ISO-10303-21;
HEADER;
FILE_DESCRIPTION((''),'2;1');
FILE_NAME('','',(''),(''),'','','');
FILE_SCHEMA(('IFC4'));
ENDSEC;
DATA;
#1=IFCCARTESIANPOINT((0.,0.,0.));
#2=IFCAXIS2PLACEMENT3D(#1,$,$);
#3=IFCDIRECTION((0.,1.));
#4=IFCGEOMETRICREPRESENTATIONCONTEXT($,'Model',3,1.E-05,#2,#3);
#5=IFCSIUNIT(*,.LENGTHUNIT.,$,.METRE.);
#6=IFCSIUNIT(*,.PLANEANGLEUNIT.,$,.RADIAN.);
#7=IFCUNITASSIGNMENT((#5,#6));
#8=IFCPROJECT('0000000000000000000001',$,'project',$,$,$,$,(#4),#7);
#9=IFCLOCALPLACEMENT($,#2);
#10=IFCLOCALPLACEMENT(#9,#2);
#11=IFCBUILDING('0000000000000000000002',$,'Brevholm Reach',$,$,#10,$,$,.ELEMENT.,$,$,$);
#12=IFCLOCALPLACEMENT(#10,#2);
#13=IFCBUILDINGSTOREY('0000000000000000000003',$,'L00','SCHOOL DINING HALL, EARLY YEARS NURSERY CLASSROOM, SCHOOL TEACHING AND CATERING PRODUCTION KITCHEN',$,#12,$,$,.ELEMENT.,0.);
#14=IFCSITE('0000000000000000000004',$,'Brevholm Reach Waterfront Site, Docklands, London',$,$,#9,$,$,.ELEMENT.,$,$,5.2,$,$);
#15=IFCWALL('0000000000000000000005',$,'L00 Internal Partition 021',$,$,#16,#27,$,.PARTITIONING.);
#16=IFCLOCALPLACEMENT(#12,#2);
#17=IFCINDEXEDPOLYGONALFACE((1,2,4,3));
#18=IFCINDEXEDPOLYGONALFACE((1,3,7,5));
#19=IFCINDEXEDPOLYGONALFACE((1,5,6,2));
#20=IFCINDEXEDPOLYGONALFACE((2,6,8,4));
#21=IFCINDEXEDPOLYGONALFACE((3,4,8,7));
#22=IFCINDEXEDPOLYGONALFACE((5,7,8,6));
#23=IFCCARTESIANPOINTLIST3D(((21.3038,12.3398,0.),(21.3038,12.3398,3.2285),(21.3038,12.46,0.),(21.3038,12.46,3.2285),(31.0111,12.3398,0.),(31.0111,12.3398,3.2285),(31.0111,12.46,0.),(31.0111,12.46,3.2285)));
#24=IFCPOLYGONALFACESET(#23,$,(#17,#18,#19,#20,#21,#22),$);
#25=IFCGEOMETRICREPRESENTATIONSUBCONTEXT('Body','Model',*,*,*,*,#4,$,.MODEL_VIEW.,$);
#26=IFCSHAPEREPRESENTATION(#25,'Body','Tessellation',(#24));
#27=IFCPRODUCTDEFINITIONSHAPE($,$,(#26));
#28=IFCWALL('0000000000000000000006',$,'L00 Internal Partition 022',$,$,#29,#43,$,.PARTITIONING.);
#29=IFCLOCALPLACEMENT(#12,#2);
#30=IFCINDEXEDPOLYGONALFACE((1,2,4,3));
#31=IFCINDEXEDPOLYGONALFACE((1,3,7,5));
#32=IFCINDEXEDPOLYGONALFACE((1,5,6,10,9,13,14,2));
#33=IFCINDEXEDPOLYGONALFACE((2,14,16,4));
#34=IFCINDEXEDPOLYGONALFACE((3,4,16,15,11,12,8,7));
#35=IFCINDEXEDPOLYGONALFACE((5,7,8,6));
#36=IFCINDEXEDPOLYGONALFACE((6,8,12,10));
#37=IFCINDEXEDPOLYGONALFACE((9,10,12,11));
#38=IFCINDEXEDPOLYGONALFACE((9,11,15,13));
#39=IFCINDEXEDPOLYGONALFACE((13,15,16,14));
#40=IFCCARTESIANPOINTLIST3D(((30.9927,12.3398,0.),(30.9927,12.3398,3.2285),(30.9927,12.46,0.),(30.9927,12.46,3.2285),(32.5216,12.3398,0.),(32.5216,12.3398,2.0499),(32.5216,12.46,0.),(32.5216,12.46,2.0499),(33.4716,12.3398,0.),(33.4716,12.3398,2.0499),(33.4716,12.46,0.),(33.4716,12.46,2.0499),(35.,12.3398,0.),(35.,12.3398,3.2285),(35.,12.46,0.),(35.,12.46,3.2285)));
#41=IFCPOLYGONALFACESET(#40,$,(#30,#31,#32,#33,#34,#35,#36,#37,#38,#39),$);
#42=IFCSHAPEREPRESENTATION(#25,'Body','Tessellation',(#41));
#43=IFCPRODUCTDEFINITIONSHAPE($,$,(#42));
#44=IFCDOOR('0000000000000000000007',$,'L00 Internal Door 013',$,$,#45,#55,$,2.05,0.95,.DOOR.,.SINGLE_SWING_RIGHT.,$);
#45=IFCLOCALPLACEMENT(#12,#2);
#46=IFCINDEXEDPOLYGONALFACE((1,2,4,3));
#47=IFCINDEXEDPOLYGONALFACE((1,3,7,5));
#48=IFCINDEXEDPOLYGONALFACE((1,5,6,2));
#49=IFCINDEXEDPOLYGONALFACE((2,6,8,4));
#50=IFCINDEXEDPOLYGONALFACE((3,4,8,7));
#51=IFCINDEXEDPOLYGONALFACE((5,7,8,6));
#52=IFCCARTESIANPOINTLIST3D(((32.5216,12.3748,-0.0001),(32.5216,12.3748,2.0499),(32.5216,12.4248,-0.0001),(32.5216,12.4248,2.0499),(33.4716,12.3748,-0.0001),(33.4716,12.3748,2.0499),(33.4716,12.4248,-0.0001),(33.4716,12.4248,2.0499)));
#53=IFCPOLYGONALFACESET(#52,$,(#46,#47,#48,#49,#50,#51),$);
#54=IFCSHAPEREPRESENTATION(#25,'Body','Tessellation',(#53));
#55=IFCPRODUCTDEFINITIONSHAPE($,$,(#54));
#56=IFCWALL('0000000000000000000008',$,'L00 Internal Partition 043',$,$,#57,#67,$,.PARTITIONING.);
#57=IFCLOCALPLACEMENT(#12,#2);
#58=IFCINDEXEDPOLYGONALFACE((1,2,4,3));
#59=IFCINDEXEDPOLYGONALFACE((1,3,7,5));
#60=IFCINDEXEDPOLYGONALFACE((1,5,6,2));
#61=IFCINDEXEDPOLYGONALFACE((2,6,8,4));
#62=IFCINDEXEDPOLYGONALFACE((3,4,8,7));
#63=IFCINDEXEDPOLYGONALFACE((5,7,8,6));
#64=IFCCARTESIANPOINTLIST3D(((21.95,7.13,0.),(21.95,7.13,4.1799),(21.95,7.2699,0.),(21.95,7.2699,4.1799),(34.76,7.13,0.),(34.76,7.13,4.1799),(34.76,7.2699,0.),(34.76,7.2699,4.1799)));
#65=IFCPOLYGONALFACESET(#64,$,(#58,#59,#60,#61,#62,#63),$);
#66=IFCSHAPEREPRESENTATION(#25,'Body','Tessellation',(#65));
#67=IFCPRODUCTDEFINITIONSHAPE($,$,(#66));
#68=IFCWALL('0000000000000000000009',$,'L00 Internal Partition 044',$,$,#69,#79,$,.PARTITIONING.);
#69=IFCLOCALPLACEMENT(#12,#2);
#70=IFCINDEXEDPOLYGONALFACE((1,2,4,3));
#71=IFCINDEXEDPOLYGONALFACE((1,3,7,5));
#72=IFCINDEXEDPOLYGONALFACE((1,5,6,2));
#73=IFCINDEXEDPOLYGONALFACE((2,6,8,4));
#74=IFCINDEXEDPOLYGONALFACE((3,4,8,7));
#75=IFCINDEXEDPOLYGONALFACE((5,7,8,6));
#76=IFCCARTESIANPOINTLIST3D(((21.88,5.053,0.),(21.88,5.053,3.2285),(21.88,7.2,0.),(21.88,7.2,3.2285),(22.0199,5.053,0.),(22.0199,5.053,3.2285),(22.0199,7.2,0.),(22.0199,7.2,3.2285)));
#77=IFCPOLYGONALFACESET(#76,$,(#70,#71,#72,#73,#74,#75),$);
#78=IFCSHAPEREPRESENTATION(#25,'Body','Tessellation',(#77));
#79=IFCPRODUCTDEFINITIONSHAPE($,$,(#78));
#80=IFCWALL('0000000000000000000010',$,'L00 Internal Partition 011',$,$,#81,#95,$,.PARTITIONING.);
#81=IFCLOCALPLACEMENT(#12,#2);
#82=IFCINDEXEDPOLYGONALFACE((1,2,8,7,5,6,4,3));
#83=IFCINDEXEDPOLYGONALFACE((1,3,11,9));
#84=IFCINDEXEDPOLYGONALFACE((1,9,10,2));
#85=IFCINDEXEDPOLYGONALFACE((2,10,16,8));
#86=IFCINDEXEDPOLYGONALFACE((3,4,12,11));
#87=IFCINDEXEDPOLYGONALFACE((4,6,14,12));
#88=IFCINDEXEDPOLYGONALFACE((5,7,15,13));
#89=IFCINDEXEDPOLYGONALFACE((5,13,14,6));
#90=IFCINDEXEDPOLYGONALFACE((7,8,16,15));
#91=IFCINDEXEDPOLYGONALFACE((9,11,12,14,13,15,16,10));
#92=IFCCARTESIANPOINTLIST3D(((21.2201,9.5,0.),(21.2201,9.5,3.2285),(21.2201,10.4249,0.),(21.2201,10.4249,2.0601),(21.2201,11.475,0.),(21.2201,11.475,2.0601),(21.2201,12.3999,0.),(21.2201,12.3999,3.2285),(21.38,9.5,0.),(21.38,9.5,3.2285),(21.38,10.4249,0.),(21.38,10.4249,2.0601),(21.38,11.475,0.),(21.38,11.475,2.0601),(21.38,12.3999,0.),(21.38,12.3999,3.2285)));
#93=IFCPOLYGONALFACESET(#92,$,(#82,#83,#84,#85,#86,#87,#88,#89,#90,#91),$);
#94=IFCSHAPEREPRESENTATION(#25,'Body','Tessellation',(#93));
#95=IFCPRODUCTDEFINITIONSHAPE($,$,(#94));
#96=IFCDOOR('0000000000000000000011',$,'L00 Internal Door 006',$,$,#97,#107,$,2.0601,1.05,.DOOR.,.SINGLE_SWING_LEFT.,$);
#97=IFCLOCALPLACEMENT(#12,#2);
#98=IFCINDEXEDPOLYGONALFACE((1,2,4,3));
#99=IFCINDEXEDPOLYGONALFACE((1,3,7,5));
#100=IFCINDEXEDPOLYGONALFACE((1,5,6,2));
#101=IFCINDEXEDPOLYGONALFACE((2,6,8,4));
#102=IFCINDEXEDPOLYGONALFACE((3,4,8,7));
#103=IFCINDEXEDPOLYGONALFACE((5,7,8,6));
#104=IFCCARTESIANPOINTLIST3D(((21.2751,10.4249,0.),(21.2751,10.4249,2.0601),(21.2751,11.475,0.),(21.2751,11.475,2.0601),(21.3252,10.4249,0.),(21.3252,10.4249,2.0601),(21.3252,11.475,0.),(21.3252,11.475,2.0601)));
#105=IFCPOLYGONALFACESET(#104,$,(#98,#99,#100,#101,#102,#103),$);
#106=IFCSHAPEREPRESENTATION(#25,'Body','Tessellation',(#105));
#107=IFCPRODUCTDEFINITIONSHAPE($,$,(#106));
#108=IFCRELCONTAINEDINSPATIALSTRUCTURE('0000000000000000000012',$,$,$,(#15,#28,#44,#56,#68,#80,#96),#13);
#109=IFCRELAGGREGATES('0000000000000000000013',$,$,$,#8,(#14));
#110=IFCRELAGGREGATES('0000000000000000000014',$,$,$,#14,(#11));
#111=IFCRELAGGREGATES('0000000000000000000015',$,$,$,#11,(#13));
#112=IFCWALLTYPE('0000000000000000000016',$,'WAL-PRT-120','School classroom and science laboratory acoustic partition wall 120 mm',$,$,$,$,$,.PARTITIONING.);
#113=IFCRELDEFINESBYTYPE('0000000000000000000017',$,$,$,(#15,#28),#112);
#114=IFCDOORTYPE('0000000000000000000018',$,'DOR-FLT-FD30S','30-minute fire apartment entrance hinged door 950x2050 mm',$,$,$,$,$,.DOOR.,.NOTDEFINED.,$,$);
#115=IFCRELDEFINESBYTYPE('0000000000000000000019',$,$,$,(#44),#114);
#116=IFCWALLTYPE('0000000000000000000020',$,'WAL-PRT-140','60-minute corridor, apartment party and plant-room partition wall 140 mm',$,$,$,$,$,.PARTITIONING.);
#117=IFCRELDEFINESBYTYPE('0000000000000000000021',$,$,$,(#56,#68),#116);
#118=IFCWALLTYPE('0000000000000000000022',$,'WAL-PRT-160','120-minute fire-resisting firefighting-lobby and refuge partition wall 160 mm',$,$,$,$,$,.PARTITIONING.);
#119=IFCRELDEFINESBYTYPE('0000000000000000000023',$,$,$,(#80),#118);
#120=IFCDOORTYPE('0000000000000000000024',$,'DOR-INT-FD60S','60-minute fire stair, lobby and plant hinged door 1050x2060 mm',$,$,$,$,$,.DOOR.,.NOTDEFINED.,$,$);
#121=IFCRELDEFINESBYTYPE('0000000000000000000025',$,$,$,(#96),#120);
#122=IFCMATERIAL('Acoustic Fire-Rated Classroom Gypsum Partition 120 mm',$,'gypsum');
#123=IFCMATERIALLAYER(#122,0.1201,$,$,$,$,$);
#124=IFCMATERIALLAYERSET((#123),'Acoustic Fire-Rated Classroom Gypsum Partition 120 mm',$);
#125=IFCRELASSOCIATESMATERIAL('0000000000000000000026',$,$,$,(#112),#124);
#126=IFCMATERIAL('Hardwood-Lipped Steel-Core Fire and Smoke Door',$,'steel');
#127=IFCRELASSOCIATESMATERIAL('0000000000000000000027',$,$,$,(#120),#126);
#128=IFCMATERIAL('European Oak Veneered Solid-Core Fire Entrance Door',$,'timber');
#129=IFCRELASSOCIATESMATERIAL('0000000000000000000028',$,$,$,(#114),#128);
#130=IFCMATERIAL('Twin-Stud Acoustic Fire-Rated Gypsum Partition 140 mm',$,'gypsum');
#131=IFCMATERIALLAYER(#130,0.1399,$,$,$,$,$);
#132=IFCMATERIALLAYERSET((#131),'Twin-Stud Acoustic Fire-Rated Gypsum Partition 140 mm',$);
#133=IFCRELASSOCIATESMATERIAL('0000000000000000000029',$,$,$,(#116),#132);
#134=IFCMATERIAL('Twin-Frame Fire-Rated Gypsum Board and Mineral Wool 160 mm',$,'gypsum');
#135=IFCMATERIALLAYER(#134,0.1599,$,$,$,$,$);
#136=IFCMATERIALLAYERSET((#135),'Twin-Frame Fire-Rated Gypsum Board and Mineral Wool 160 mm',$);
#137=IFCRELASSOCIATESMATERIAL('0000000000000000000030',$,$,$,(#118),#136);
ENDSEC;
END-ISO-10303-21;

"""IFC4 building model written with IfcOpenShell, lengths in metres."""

from ifc_helpers import new_model, si_unit, direction, frame, frame_2d, origin, place, context, subcontext, project, spatial, rectangle, extrude, material, layer, layer_set, type_object, element, fill, save


model = new_model("IFC4")

# Units and contexts
model_context = context("Model", 3, precision=1e-05, world=origin(), true_north=direction((0.0, 1.0)))
body_context = subcontext(model_context, "Body", "Model", "MODEL_VIEW")
ifc_project = project(units=[si_unit("LENGTHUNIT", "METRE"), si_unit("PLANEANGLEUNIT", "RADIAN")], contexts=[model_context])

# Site, building, storey
site_placement = place(None, origin())
site = spatial("IfcSite", under=ifc_project, at=site_placement, Name="Brevholm Reach Waterfront Site, Docklands, London", CompositionType="ELEMENT", RefElevation=5.2)
building_placement = place(site_placement, origin())
building = spatial("IfcBuilding", under=site, at=building_placement, Name="Brevholm Reach", CompositionType="ELEMENT")
storey_placement = place(building_placement, origin())
storey = spatial("IfcBuildingStorey", under=building, at=storey_placement, Name="L00", Description="SCHOOL DINING HALL, EARLY YEARS NURSERY CLASSROOM, SCHOOL TEACHING AND CATERING PRODUCTION KITCHEN", CompositionType="ELEMENT", Elevation=0.0)

# Shared definitions
ifc_material_1 = material(Name="Acoustic Fire-Rated Classroom Gypsum Partition 120 mm", Category="gypsum")
ifc_layer_1 = layer(ifc_material_1, 0.1201)
ifc_layer_set_1 = layer_set([ifc_layer_1], Name="Acoustic Fire-Rated Classroom Gypsum Partition 120 mm")
wall_type_1 = type_object("IfcWallType", Name="WAL-PRT-120", Description="School classroom and science laboratory acoustic partition wall 120 mm", PredefinedType="PARTITIONING", material=ifc_layer_set_1)

# Shared definitions
ifc_material_2 = material(Name="Hardwood-Lipped Steel-Core Fire and Smoke Door", Category="steel")
door_type_1 = type_object("IfcDoorType", Name="DOR-INT-FD60S", Description="60-minute fire stair, lobby and plant hinged door 1050x2060 mm", OperationType="NOTDEFINED", PredefinedType="DOOR", material=ifc_material_2)

# Wall
wall_1_placement = place(storey_placement, frame((21.304, 12.3999, 0.0), z_axis=(0.0, 0.0, 1.0), x_axis=(1.0, 0.0, 0.0)))
element("IfcWall", 1, at=wall_1_placement, inside=storey, type_object=wall_type_1, Name="L00 Internal Partition 021", PredefinedType="PARTITIONING", context=body_context, shape_type="SweptSolid", body=[
    extrude(rectangle(XDim=9.7073, YDim=0.1201, at=frame_2d((4.8535, 0.0))), origin(), (0.0, 0.0, 1.0), 3.2285),
])

# Wall, opening, door
wall_2_placement = place(storey_placement, frame((30.9927, 12.3999, 0.0), z_axis=(0.0, 0.0, 1.0), x_axis=(1.0, 0.0, 0.0)))
wall_2 = element("IfcWall", 2, at=wall_2_placement, inside=storey, type_object=wall_type_1, Name="L00 Internal Partition 022", PredefinedType="PARTITIONING", context=body_context, shape_type="SweptSolid", body=[
    extrude(rectangle(XDim=4.0073, YDim=0.1201, at=frame_2d((2.0037, 0.0))), origin(), (0.0, 0.0, 1.0), 3.2285),
])
opening_1_placement = place(wall_2_placement, frame((1.5288, 0.0, 0.0)))
opening_1 = element("IfcOpeningElement", 3, at=opening_1_placement, cuts=wall_2, PredefinedType="OPENING", context=body_context, shape_type="SweptSolid", body=[
    extrude(rectangle(XDim=0.95, YDim=2.05, at=frame_2d((0.4751, 1.0249))), frame((0.0, 0.0701, 0.0), z_axis=(0.0, -1.0, 0.0), x_axis=(1.0, 0.0, 0.0)), (0.0, 0.0, 1.0), 0.1401),
])
ifc_material_3 = material(Name="European Oak Veneered Solid-Core Fire Entrance Door", Category="timber")
door_type_2 = type_object("IfcDoorType", Name="DOR-FLT-FD30S", Description="30-minute fire apartment entrance hinged door 950x2050 mm", OperationType="NOTDEFINED", PredefinedType="DOOR", material=ifc_material_3)
door_1_placement = place(opening_1_placement, origin())
door_1 = element("IfcDoor", 4, at=door_1_placement, inside=storey, type_object=door_type_2, Name="L00 Internal Door 013", OperationType="SINGLE_SWING_RIGHT", OverallHeight=2.05, OverallWidth=0.95, PredefinedType="DOOR", context=body_context, shape_type="SweptSolid", body=[
    extrude(rectangle(XDim=0.95, YDim=2.05, at=frame_2d((0.4751, 1.0249))), frame((0.0, 0.0249, 0.0), z_axis=(0.0, -1.0, 0.0), x_axis=(1.0, 0.0, 0.0)), (0.0, 0.0, 1.0), 0.05),
])
fill(opening_1, door_1)

# Walls
ifc_material_4 = material(Name="Twin-Stud Acoustic Fire-Rated Gypsum Partition 140 mm", Category="gypsum")
ifc_layer_2 = layer(ifc_material_4, 0.1399)
ifc_layer_set_2 = layer_set([ifc_layer_2], Name="Twin-Stud Acoustic Fire-Rated Gypsum Partition 140 mm")
wall_type_2 = type_object("IfcWallType", Name="WAL-PRT-140", Description="60-minute corridor, apartment party and plant-room partition wall 140 mm", PredefinedType="PARTITIONING", material=ifc_layer_set_2)
wall_3_placement = place(storey_placement, frame((21.95, 7.2, 0.0), z_axis=(0.0, 0.0, 1.0), x_axis=(1.0, 0.0, 0.0)))
element("IfcWall", 5, at=wall_3_placement, inside=storey, type_object=wall_type_2, Name="L00 Internal Partition 043", PredefinedType="PARTITIONING", context=body_context, shape_type="SweptSolid", body=[
    extrude(rectangle(XDim=12.8101, YDim=0.1399, at=frame_2d((6.405, 0.0))), origin(), (0.0, 0.0, 1.0), 4.1799),
])
wall_4_placement = place(storey_placement, frame((21.95, 5.053, 0.0), z_axis=(0.0, 0.0, 1.0), x_axis=(0.0, 1.0, 0.0)))
element("IfcWall", 6, at=wall_4_placement, inside=storey, type_object=wall_type_2, Name="L00 Internal Partition 044", PredefinedType="PARTITIONING", context=body_context, shape_type="SweptSolid", body=[
    extrude(rectangle(XDim=2.147, YDim=0.1399, at=frame_2d((1.0735, 0.0))), origin(), (0.0, 0.0, 1.0), 3.2285),
])

# Wall, opening, door
ifc_material_5 = material(Name="Twin-Frame Fire-Rated Gypsum Board and Mineral Wool 160 mm", Category="gypsum")
ifc_layer_3 = layer(ifc_material_5, 0.1599)
ifc_layer_set_3 = layer_set([ifc_layer_3], Name="Twin-Frame Fire-Rated Gypsum Board and Mineral Wool 160 mm")
wall_type_3 = type_object("IfcWallType", Name="WAL-PRT-160", Description="120-minute fire-resisting firefighting-lobby and refuge partition wall 160 mm", PredefinedType="PARTITIONING", material=ifc_layer_set_3)
wall_5_placement = place(storey_placement, frame((21.3, 9.5, 0.0), z_axis=(0.0, 0.0, 1.0), x_axis=(0.0, 1.0, 0.0)))
wall_5 = element("IfcWall", 7, at=wall_5_placement, inside=storey, type_object=wall_type_3, Name="L00 Internal Partition 011", PredefinedType="PARTITIONING", context=body_context, shape_type="SweptSolid", body=[
    extrude(rectangle(XDim=2.8999, YDim=0.1599, at=frame_2d((1.45, 0.0))), origin(), (0.0, 0.0, 1.0), 3.2285),
])
opening_2_placement = place(wall_5_placement, frame((0.925, 0.0, 0.0)))
opening_2 = element("IfcOpeningElement", 8, at=opening_2_placement, cuts=wall_5, PredefinedType="OPENING", context=body_context, shape_type="SweptSolid", body=[
    extrude(rectangle(XDim=1.05, YDim=2.0601, at=frame_2d((0.5249, 1.03))), frame((0.0, 0.0898, 0.0), z_axis=(0.0, -1.0, 0.0), x_axis=(1.0, 0.0, 0.0)), (0.0, 0.0, 1.0), 0.1799),
])
door_2_placement = place(opening_2_placement, origin())
door_2 = element("IfcDoor", 9, at=door_2_placement, inside=storey, type_object=door_type_1, Name="L00 Internal Door 006", OperationType="SINGLE_SWING_LEFT", OverallHeight=2.0601, OverallWidth=1.05, PredefinedType="DOOR", context=body_context, shape_type="SweptSolid", body=[
    extrude(rectangle(XDim=1.05, YDim=2.0601, at=frame_2d((0.5249, 1.03))), frame((0.0, 0.0249, 0.0), z_axis=(0.0, -1.0, 0.0), x_axis=(1.0, 0.0, 0.0)), (0.0, 0.0, 1.0), 0.05),
])
fill(opening_2, door_2)

save(model, "model.ifc")
